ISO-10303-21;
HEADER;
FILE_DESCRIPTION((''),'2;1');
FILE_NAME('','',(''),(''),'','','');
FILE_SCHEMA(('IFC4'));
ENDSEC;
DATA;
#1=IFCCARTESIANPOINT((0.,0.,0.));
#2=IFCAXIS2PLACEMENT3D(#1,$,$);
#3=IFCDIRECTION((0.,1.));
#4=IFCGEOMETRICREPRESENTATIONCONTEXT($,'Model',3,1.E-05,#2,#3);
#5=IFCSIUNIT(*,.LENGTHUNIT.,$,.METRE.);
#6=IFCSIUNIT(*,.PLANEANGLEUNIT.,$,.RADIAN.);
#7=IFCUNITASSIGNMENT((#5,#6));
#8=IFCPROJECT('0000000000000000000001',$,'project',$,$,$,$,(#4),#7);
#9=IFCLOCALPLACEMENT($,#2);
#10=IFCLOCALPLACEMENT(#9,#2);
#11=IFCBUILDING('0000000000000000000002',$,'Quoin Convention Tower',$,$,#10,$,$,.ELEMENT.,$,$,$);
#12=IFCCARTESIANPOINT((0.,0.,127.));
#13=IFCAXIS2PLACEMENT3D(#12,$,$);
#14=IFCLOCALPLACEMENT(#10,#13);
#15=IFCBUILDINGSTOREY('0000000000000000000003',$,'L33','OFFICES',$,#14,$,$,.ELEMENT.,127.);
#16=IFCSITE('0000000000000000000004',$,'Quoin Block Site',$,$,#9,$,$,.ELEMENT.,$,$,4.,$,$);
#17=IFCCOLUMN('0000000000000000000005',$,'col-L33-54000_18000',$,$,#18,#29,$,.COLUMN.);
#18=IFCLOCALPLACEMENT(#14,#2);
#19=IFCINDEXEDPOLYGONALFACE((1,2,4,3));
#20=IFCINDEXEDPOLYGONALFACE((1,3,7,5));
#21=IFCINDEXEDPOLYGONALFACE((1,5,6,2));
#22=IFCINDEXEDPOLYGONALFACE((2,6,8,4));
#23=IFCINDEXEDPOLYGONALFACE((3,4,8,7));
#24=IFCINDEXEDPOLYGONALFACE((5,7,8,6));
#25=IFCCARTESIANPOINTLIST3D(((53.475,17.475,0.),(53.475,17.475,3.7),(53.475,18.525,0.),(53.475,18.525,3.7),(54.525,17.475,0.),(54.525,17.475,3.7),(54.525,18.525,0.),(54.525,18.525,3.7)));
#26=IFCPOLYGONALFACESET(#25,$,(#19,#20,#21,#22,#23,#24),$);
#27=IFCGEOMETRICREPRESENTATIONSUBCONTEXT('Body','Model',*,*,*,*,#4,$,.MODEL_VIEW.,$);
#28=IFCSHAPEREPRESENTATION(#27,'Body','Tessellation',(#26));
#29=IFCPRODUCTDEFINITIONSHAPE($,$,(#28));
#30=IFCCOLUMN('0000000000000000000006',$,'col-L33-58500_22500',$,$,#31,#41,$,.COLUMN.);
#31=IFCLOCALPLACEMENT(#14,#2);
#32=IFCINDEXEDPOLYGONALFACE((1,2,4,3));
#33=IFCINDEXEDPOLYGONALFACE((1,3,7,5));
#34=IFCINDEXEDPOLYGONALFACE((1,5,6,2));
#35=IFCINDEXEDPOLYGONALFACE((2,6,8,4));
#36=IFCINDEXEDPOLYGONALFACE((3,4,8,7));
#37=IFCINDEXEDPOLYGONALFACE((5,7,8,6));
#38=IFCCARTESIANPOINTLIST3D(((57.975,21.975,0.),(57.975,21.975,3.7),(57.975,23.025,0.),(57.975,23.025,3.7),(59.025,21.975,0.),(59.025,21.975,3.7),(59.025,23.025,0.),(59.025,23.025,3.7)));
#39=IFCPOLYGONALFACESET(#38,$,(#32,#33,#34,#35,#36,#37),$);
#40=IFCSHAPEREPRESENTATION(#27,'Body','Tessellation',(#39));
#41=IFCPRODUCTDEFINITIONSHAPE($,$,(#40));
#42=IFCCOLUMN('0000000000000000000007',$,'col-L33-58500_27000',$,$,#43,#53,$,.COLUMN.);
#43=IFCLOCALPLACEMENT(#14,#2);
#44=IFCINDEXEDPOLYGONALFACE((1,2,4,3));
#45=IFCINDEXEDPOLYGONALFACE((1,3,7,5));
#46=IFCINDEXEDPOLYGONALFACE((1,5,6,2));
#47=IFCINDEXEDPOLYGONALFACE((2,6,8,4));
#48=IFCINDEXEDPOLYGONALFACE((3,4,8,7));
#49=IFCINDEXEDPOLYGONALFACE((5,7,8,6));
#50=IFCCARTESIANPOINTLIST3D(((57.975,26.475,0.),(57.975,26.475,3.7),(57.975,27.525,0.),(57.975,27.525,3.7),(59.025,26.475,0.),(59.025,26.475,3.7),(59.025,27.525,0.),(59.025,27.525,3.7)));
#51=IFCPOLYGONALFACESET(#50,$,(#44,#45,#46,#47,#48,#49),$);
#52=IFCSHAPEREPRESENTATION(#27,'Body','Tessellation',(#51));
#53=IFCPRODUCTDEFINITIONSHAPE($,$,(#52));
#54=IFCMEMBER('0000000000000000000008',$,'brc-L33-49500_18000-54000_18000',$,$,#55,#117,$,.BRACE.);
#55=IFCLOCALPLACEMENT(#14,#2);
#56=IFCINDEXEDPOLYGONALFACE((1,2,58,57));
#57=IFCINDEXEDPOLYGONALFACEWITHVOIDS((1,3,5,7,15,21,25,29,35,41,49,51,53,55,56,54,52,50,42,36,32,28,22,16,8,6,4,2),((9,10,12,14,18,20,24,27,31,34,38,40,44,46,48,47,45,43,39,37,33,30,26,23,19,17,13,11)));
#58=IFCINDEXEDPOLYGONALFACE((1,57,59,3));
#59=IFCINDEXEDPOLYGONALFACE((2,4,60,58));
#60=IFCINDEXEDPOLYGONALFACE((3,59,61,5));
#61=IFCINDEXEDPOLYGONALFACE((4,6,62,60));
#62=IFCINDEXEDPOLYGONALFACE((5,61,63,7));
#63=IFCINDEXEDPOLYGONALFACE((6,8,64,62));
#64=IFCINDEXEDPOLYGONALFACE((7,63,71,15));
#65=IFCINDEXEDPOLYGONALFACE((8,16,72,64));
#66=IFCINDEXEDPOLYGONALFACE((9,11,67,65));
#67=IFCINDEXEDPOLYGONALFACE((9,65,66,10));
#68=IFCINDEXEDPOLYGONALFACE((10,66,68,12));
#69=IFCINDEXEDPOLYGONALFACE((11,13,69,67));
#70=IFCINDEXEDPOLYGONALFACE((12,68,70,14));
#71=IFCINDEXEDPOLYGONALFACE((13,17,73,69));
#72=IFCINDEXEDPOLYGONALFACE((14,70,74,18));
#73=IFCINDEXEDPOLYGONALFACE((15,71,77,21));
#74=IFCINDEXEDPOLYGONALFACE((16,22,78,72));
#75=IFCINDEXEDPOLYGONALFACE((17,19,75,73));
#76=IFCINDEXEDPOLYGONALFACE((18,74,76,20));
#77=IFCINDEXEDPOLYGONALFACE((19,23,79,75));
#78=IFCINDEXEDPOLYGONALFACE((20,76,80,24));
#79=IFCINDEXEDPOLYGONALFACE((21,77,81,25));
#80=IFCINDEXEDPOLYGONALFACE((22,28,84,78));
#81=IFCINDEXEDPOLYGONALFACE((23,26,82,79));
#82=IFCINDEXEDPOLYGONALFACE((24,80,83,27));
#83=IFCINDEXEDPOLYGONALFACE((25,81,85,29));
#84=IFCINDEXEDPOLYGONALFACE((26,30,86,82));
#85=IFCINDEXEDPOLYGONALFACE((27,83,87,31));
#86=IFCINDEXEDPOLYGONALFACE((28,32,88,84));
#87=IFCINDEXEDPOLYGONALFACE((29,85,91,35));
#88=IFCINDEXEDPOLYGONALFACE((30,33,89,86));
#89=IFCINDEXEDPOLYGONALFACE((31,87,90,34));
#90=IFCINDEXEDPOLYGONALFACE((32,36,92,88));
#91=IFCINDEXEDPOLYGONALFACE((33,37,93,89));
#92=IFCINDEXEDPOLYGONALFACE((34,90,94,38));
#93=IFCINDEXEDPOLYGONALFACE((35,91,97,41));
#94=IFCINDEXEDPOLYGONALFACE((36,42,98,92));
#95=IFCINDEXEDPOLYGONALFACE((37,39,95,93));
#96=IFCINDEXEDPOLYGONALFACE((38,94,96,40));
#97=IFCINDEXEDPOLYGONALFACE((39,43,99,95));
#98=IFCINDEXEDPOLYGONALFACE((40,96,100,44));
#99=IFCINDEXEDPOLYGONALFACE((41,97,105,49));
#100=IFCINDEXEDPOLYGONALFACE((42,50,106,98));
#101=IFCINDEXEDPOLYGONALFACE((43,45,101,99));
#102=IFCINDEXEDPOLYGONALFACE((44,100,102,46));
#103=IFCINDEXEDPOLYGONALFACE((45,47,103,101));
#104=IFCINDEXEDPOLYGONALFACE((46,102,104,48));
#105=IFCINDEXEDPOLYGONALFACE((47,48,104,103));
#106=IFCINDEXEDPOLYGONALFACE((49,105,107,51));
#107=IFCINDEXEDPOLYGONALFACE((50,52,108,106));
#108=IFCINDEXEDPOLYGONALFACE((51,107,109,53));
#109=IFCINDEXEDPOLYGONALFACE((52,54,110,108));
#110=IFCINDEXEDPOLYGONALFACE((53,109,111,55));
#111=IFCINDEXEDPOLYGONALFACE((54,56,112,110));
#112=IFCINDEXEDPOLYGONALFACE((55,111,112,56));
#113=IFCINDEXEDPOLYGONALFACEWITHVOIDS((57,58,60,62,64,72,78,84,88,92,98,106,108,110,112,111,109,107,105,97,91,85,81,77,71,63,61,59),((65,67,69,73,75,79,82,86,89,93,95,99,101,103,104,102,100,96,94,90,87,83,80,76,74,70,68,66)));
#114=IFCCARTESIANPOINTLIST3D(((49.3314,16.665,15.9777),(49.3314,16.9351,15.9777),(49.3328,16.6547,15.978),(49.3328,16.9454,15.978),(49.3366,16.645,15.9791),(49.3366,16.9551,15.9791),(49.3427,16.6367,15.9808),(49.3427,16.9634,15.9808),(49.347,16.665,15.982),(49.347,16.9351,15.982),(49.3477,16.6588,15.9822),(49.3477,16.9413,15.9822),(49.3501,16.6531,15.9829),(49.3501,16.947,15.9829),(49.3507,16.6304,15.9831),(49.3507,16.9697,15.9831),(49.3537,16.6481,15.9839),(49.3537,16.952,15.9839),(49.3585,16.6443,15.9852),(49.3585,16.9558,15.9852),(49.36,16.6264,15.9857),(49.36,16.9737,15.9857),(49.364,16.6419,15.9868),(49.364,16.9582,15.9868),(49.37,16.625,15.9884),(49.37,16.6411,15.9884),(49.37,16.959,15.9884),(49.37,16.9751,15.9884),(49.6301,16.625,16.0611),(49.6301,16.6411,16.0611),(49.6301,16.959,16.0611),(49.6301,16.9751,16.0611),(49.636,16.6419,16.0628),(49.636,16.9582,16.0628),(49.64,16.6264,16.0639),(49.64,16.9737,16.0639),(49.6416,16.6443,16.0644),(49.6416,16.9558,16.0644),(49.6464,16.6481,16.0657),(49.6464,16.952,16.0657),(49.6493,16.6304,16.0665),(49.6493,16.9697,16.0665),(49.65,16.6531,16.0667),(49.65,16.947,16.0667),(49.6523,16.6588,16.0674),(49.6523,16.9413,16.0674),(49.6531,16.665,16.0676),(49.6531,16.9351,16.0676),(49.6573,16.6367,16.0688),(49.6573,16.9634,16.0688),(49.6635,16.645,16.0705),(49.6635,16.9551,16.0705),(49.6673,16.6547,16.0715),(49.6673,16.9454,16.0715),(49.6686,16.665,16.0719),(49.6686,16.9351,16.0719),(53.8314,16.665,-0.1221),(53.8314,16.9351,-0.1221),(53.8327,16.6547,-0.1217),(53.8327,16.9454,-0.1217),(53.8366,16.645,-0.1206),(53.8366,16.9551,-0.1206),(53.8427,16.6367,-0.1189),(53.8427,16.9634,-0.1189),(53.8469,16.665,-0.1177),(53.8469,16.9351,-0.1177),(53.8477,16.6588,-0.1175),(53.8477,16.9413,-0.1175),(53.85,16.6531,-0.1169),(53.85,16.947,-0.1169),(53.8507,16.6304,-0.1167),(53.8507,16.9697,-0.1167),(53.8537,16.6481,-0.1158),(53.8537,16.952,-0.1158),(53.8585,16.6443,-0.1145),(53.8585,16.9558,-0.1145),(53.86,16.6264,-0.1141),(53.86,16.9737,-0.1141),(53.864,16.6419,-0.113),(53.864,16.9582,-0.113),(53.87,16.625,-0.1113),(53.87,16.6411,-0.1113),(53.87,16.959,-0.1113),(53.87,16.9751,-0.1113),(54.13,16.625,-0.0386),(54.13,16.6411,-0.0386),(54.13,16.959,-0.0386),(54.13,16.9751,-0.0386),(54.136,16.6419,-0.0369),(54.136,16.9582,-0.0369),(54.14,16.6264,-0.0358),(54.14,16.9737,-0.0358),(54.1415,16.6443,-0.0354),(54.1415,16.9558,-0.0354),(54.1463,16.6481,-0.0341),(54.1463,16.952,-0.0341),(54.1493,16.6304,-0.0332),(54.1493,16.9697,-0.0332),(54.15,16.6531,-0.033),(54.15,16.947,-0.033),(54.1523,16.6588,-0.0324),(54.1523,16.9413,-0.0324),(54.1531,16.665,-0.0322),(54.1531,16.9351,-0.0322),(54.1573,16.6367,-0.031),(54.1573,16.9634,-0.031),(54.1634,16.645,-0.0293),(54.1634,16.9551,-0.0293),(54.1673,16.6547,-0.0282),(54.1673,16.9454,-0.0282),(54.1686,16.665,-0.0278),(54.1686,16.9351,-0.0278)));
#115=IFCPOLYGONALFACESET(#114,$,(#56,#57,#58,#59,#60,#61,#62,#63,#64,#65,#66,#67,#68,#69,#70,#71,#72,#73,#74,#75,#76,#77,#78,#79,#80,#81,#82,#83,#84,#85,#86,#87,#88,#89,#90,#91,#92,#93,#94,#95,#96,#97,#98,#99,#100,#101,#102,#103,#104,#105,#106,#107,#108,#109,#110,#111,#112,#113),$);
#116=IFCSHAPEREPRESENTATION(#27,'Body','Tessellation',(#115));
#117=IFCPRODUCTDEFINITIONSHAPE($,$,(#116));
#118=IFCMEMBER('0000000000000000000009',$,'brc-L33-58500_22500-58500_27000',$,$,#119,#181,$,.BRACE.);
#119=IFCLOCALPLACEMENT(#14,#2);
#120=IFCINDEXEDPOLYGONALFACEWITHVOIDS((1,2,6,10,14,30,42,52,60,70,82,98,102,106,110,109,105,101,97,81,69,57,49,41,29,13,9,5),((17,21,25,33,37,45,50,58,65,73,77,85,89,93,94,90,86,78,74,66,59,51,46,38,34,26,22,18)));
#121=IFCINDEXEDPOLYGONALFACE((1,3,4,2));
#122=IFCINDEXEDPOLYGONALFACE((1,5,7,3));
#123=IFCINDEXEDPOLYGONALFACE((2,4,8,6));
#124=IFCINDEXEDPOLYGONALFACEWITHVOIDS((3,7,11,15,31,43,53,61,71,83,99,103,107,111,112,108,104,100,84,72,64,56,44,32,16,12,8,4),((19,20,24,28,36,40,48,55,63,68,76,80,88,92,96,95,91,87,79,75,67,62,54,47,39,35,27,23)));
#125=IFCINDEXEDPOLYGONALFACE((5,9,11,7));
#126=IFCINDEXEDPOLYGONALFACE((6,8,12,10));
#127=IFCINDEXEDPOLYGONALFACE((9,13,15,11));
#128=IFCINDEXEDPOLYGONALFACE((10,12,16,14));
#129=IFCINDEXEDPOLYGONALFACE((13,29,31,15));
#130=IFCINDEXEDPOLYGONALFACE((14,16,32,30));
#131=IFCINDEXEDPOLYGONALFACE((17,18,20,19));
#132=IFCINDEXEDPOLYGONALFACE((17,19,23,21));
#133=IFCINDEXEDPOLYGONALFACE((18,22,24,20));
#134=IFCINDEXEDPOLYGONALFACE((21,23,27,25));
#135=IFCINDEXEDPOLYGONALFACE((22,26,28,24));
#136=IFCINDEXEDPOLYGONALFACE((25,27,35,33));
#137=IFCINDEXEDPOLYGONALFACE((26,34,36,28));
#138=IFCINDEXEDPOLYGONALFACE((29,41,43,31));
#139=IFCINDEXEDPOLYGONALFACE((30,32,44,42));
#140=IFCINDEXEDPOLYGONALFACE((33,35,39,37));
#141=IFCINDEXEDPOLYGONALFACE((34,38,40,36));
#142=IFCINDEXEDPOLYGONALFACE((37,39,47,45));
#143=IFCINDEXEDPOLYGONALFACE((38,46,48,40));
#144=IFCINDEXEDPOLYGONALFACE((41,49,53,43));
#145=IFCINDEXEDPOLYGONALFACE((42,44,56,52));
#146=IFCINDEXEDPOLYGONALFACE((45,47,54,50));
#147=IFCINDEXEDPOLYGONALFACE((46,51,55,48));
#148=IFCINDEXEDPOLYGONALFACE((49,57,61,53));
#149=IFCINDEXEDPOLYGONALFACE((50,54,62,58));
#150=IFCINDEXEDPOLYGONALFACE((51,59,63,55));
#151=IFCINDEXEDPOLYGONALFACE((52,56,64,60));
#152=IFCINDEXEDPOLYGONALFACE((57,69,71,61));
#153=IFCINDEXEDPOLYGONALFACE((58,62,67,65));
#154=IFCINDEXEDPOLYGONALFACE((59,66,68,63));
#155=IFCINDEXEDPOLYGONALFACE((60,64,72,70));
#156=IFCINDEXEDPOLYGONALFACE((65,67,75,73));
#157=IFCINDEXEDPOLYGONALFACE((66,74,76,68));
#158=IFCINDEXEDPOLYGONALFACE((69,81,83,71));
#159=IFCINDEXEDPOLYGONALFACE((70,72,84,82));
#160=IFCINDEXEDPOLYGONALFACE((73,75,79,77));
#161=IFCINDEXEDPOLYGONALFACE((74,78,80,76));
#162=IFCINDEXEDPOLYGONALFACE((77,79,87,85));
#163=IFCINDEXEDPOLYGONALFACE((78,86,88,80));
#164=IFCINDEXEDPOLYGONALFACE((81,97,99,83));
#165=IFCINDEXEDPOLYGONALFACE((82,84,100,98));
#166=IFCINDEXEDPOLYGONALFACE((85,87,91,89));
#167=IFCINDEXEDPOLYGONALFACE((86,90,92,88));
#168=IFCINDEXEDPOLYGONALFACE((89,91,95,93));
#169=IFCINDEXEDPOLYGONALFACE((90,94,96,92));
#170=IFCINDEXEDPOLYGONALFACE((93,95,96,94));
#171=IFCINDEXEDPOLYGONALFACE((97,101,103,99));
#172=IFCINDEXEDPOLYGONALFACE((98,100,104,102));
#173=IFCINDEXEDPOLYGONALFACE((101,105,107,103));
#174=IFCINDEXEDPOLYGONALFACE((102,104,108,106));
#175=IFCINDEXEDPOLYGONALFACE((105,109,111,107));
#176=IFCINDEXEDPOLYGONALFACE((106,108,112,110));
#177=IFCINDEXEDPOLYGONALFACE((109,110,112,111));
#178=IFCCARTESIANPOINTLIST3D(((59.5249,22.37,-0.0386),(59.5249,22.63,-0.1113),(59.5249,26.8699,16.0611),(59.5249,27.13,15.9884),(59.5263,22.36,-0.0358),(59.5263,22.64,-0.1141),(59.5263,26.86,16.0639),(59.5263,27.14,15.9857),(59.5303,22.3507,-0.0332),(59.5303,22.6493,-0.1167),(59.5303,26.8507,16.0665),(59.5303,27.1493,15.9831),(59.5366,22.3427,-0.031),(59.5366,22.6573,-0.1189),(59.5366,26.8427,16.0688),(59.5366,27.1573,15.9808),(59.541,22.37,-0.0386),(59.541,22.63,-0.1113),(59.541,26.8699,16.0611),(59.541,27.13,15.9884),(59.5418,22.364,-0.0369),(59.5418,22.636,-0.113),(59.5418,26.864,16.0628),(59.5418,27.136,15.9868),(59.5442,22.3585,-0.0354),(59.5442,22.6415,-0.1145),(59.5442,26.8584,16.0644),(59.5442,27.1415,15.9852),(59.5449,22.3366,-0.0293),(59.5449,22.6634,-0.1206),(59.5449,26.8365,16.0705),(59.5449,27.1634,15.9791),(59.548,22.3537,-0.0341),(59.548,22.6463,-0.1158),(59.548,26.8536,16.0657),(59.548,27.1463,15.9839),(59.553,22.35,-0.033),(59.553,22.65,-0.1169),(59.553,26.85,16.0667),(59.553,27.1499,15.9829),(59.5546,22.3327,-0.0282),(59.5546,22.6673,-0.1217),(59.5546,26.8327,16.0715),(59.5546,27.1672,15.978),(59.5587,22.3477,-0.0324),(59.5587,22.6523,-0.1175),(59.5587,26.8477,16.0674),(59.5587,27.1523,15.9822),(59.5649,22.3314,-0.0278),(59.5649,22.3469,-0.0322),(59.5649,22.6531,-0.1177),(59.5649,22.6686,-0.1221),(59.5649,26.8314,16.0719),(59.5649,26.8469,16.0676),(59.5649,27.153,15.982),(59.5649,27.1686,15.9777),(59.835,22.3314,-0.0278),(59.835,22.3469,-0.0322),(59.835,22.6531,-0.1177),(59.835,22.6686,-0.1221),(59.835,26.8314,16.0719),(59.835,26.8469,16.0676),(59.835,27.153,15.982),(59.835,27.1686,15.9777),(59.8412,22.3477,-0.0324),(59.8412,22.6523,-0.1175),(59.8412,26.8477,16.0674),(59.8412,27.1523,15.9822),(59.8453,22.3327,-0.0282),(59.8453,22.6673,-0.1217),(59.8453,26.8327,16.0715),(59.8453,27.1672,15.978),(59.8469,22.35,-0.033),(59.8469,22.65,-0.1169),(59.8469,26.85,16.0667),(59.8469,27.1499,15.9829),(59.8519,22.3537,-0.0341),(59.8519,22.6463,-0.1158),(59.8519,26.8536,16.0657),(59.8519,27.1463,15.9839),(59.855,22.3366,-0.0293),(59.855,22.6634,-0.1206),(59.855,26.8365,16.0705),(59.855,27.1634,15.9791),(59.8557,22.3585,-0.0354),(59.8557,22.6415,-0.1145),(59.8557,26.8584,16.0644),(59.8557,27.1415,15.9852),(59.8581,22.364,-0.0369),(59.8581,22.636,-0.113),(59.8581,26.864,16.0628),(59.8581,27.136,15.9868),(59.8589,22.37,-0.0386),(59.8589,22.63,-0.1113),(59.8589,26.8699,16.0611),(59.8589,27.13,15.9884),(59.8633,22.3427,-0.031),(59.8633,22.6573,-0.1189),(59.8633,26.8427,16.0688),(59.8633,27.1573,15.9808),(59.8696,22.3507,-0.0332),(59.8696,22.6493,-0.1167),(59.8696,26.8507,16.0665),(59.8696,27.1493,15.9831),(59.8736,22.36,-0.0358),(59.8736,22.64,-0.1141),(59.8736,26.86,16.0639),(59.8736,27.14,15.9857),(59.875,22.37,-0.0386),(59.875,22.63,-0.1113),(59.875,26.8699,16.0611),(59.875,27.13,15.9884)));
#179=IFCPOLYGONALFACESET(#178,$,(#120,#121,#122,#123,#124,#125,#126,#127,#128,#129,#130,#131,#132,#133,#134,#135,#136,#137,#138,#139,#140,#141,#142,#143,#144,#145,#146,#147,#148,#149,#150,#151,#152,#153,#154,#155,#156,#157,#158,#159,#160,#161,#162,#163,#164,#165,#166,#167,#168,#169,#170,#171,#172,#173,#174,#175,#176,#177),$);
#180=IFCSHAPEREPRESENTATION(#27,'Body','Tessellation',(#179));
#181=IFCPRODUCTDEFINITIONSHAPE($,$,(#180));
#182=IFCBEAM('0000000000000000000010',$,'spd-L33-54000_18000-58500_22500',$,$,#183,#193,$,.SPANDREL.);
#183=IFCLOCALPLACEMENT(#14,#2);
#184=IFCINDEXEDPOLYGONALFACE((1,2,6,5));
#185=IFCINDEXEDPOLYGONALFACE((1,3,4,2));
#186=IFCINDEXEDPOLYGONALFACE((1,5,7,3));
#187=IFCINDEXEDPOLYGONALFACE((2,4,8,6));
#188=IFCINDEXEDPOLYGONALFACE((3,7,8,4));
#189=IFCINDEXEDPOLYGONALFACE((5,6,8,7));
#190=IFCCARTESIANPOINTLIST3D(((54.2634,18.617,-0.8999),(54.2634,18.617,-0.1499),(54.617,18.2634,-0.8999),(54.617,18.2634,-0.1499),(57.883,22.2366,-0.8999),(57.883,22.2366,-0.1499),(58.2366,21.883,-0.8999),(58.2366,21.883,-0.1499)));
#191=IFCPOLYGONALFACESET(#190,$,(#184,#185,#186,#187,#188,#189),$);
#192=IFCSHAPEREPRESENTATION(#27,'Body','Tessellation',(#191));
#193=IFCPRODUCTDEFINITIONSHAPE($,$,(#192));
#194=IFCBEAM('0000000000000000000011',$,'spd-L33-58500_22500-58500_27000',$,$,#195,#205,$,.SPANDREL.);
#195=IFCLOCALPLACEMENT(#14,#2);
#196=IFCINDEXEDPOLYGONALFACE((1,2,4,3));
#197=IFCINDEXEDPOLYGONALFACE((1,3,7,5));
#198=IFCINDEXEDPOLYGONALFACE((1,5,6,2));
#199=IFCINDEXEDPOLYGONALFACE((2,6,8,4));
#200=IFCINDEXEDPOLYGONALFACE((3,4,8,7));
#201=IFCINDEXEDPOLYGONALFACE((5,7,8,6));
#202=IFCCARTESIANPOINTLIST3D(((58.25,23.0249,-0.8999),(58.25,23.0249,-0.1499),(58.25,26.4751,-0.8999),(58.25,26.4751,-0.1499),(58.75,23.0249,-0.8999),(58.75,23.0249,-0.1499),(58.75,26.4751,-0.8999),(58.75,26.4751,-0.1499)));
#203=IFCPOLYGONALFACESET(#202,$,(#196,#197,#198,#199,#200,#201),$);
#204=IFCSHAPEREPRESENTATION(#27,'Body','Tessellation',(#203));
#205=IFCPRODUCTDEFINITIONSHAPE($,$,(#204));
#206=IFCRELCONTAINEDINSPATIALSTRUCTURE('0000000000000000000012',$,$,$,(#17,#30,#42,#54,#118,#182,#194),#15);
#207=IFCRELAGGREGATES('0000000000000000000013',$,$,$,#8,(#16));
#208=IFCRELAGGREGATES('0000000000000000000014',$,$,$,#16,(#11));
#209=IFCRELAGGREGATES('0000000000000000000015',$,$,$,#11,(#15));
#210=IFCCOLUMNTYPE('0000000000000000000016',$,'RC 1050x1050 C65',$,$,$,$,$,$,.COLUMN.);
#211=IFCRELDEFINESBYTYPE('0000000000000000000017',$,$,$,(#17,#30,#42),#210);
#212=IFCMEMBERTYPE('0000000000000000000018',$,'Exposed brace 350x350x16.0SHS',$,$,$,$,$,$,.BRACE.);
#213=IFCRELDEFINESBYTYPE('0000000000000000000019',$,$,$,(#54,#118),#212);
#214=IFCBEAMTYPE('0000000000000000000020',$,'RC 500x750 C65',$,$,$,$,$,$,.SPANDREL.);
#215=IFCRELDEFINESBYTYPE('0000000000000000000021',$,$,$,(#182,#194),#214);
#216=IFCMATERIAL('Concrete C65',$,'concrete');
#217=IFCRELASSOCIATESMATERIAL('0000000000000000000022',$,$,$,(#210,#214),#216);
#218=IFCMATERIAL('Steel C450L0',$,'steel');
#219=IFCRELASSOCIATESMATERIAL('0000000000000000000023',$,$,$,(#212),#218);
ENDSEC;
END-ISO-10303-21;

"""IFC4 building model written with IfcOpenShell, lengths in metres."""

from ifc_helpers import new_model, si_unit, direction, frame, origin, origin_2d, place, context, subcontext, project, spatial, rectangle, hollow_rectangle, extrude, material, material_profile, profile_set, type_object, element, save


model = new_model("IFC4")

# Units and contexts
model_context = context("Model", 3, precision=1e-05, world=origin(), true_north=direction((0.0, 1.0)))
body_context = subcontext(model_context, "Body", "Model", "MODEL_VIEW")
ifc_project = project(units=[si_unit("LENGTHUNIT", "METRE"), si_unit("PLANEANGLEUNIT", "RADIAN")], contexts=[model_context])

# Site, building, storey
site_placement = place(None, origin())
site = spatial("IfcSite", under=ifc_project, at=site_placement, Name="Quoin Block Site", CompositionType="ELEMENT", RefElevation=4.0)
building_placement = place(site_placement, origin())
building = spatial("IfcBuilding", under=site, at=building_placement, Name="Quoin Convention Tower", CompositionType="ELEMENT")
storey_placement = place(building_placement, frame((0.0, 0.0, 127.0)))
storey = spatial("IfcBuildingStorey", under=building, at=storey_placement, Name="L33", Description="OFFICES", CompositionType="ELEMENT", Elevation=127.0)

# Columns
ifc_material_1 = material(Name="Concrete C65", Category="concrete")
ifc_material_profile_1 = material_profile(ifc_material_1, rectangle(XDim=1.05, YDim=1.05, at=origin_2d()), Name="RC 1050x1050")
ifc_profile_set_1 = profile_set([ifc_material_profile_1], Name="Concrete C65")
column_type = type_object("IfcColumnType", Name="RC 1050x1050 C65", PredefinedType="COLUMN", material=ifc_profile_set_1)
for number, where, z_axis, x_axis, name in (
    (1, (54.0, 18.0, 0.0), (0.0, 0.0, 1.0), (1.0, 0.0, 0.0), "col-L33-54000_18000"),
    (2, (58.5, 22.5, 0.0), (0.0, 0.0, 1.0), (1.0, 0.0, 0.0), "col-L33-58500_22500"),
    (3, (58.5, 27.0, 0.0), (0.0, 0.0, 1.0), (1.0, 0.0, 0.0), "col-L33-58500_27000"),
):
    element("IfcColumn", number, at=place(storey_placement, frame(where, z_axis=z_axis, x_axis=x_axis)), inside=storey, type_object=column_type, Name=name, PredefinedType="COLUMN", context=body_context, shape_type="SweptSolid", body=[
        extrude(rectangle(XDim=1.05, YDim=1.05, at=origin_2d()), origin(), (0.0, 0.0, 1.0), 3.7),
    ])

# Members
ifc_material_2 = material(Name="Steel C450L0", Category="steel")
ifc_material_profile_2 = material_profile(ifc_material_2, hollow_rectangle(XDim=0.3501, YDim=0.3501, WallThickness=0.0161, InnerFilletRadius=0.0239, OuterFilletRadius=0.04, at=origin_2d()), Name="350x350x16.0SHS")
ifc_profile_set_2 = profile_set([ifc_material_profile_2], Name="Steel C450L0")
member_type = type_object("IfcMemberType", Name="Exposed brace 350x350x16.0SHS", PredefinedType="BRACE", material=ifc_profile_set_2)
for number, where, z_axis, x_axis, name in (
    (4, (54.0, 16.8, -0.075), (-0.269188, 0.0, 0.963088), (0.0, -1.0, 0.0), "brc-L33-49500_18000-54000_18000"),
    (5, (59.7, 22.5, -0.075), (0.0, 0.269188, 0.963088), (-1.0, 0.0, 0.0), "brc-L33-58500_22500-58500_27000"),
):
    element("IfcMember", number, at=place(storey_placement, frame(where, z_axis=z_axis, x_axis=x_axis)), inside=storey, type_object=member_type, Name=name, PredefinedType="BRACE", context=body_context, shape_type="SweptSolid", body=[
        extrude(hollow_rectangle(XDim=0.3501, YDim=0.3501, WallThickness=0.0161, InnerFilletRadius=0.0239, OuterFilletRadius=0.04, at=origin_2d()), origin(), (0.0, 0.0, 1.0), 16.7168),
    ])

# Beams
ifc_material_profile_3 = material_profile(ifc_material_1, rectangle(XDim=0.5, YDim=0.75, at=origin_2d()), Name="RC 500x750")
ifc_profile_set_3 = profile_set([ifc_material_profile_3], Name="Concrete C65")
beam_type = type_object("IfcBeamType", Name="RC 500x750 C65", PredefinedType="SPANDREL", material=ifc_profile_set_3)
beam_placement = place(storey_placement, frame((54.4402, 18.4402, -0.5249), z_axis=(0.707107, 0.707107, 0.0), x_axis=(-0.707107, 0.707107, 0.0)))
element("IfcBeam", 6, at=beam_placement, inside=storey, type_object=beam_type, Name="spd-L33-54000_18000-58500_22500", PredefinedType="SPANDREL", context=body_context, shape_type="SweptSolid", body=[
    extrude(rectangle(XDim=0.5, YDim=0.75, at=origin_2d()), origin(), (0.0, 0.0, 1.0), 5.1189),
])
for number, where, z_axis, x_axis, name in (
    (7, (58.5, 23.0249, -0.5249), (0.0, 1.0, 0.0), (-1.0, 0.0, 0.0), "spd-L33-58500_22500-58500_27000"),
):
    element("IfcBeam", number, at=place(storey_placement, frame(where, z_axis=z_axis, x_axis=x_axis)), inside=storey, type_object=beam_type, Name=name, PredefinedType="SPANDREL", context=body_context, shape_type="SweptSolid", body=[
        extrude(rectangle(XDim=0.5, YDim=0.75, at=origin_2d()), origin(), (0.0, 0.0, 1.0), 3.4502),
    ])

save(model, "model.ifc")
